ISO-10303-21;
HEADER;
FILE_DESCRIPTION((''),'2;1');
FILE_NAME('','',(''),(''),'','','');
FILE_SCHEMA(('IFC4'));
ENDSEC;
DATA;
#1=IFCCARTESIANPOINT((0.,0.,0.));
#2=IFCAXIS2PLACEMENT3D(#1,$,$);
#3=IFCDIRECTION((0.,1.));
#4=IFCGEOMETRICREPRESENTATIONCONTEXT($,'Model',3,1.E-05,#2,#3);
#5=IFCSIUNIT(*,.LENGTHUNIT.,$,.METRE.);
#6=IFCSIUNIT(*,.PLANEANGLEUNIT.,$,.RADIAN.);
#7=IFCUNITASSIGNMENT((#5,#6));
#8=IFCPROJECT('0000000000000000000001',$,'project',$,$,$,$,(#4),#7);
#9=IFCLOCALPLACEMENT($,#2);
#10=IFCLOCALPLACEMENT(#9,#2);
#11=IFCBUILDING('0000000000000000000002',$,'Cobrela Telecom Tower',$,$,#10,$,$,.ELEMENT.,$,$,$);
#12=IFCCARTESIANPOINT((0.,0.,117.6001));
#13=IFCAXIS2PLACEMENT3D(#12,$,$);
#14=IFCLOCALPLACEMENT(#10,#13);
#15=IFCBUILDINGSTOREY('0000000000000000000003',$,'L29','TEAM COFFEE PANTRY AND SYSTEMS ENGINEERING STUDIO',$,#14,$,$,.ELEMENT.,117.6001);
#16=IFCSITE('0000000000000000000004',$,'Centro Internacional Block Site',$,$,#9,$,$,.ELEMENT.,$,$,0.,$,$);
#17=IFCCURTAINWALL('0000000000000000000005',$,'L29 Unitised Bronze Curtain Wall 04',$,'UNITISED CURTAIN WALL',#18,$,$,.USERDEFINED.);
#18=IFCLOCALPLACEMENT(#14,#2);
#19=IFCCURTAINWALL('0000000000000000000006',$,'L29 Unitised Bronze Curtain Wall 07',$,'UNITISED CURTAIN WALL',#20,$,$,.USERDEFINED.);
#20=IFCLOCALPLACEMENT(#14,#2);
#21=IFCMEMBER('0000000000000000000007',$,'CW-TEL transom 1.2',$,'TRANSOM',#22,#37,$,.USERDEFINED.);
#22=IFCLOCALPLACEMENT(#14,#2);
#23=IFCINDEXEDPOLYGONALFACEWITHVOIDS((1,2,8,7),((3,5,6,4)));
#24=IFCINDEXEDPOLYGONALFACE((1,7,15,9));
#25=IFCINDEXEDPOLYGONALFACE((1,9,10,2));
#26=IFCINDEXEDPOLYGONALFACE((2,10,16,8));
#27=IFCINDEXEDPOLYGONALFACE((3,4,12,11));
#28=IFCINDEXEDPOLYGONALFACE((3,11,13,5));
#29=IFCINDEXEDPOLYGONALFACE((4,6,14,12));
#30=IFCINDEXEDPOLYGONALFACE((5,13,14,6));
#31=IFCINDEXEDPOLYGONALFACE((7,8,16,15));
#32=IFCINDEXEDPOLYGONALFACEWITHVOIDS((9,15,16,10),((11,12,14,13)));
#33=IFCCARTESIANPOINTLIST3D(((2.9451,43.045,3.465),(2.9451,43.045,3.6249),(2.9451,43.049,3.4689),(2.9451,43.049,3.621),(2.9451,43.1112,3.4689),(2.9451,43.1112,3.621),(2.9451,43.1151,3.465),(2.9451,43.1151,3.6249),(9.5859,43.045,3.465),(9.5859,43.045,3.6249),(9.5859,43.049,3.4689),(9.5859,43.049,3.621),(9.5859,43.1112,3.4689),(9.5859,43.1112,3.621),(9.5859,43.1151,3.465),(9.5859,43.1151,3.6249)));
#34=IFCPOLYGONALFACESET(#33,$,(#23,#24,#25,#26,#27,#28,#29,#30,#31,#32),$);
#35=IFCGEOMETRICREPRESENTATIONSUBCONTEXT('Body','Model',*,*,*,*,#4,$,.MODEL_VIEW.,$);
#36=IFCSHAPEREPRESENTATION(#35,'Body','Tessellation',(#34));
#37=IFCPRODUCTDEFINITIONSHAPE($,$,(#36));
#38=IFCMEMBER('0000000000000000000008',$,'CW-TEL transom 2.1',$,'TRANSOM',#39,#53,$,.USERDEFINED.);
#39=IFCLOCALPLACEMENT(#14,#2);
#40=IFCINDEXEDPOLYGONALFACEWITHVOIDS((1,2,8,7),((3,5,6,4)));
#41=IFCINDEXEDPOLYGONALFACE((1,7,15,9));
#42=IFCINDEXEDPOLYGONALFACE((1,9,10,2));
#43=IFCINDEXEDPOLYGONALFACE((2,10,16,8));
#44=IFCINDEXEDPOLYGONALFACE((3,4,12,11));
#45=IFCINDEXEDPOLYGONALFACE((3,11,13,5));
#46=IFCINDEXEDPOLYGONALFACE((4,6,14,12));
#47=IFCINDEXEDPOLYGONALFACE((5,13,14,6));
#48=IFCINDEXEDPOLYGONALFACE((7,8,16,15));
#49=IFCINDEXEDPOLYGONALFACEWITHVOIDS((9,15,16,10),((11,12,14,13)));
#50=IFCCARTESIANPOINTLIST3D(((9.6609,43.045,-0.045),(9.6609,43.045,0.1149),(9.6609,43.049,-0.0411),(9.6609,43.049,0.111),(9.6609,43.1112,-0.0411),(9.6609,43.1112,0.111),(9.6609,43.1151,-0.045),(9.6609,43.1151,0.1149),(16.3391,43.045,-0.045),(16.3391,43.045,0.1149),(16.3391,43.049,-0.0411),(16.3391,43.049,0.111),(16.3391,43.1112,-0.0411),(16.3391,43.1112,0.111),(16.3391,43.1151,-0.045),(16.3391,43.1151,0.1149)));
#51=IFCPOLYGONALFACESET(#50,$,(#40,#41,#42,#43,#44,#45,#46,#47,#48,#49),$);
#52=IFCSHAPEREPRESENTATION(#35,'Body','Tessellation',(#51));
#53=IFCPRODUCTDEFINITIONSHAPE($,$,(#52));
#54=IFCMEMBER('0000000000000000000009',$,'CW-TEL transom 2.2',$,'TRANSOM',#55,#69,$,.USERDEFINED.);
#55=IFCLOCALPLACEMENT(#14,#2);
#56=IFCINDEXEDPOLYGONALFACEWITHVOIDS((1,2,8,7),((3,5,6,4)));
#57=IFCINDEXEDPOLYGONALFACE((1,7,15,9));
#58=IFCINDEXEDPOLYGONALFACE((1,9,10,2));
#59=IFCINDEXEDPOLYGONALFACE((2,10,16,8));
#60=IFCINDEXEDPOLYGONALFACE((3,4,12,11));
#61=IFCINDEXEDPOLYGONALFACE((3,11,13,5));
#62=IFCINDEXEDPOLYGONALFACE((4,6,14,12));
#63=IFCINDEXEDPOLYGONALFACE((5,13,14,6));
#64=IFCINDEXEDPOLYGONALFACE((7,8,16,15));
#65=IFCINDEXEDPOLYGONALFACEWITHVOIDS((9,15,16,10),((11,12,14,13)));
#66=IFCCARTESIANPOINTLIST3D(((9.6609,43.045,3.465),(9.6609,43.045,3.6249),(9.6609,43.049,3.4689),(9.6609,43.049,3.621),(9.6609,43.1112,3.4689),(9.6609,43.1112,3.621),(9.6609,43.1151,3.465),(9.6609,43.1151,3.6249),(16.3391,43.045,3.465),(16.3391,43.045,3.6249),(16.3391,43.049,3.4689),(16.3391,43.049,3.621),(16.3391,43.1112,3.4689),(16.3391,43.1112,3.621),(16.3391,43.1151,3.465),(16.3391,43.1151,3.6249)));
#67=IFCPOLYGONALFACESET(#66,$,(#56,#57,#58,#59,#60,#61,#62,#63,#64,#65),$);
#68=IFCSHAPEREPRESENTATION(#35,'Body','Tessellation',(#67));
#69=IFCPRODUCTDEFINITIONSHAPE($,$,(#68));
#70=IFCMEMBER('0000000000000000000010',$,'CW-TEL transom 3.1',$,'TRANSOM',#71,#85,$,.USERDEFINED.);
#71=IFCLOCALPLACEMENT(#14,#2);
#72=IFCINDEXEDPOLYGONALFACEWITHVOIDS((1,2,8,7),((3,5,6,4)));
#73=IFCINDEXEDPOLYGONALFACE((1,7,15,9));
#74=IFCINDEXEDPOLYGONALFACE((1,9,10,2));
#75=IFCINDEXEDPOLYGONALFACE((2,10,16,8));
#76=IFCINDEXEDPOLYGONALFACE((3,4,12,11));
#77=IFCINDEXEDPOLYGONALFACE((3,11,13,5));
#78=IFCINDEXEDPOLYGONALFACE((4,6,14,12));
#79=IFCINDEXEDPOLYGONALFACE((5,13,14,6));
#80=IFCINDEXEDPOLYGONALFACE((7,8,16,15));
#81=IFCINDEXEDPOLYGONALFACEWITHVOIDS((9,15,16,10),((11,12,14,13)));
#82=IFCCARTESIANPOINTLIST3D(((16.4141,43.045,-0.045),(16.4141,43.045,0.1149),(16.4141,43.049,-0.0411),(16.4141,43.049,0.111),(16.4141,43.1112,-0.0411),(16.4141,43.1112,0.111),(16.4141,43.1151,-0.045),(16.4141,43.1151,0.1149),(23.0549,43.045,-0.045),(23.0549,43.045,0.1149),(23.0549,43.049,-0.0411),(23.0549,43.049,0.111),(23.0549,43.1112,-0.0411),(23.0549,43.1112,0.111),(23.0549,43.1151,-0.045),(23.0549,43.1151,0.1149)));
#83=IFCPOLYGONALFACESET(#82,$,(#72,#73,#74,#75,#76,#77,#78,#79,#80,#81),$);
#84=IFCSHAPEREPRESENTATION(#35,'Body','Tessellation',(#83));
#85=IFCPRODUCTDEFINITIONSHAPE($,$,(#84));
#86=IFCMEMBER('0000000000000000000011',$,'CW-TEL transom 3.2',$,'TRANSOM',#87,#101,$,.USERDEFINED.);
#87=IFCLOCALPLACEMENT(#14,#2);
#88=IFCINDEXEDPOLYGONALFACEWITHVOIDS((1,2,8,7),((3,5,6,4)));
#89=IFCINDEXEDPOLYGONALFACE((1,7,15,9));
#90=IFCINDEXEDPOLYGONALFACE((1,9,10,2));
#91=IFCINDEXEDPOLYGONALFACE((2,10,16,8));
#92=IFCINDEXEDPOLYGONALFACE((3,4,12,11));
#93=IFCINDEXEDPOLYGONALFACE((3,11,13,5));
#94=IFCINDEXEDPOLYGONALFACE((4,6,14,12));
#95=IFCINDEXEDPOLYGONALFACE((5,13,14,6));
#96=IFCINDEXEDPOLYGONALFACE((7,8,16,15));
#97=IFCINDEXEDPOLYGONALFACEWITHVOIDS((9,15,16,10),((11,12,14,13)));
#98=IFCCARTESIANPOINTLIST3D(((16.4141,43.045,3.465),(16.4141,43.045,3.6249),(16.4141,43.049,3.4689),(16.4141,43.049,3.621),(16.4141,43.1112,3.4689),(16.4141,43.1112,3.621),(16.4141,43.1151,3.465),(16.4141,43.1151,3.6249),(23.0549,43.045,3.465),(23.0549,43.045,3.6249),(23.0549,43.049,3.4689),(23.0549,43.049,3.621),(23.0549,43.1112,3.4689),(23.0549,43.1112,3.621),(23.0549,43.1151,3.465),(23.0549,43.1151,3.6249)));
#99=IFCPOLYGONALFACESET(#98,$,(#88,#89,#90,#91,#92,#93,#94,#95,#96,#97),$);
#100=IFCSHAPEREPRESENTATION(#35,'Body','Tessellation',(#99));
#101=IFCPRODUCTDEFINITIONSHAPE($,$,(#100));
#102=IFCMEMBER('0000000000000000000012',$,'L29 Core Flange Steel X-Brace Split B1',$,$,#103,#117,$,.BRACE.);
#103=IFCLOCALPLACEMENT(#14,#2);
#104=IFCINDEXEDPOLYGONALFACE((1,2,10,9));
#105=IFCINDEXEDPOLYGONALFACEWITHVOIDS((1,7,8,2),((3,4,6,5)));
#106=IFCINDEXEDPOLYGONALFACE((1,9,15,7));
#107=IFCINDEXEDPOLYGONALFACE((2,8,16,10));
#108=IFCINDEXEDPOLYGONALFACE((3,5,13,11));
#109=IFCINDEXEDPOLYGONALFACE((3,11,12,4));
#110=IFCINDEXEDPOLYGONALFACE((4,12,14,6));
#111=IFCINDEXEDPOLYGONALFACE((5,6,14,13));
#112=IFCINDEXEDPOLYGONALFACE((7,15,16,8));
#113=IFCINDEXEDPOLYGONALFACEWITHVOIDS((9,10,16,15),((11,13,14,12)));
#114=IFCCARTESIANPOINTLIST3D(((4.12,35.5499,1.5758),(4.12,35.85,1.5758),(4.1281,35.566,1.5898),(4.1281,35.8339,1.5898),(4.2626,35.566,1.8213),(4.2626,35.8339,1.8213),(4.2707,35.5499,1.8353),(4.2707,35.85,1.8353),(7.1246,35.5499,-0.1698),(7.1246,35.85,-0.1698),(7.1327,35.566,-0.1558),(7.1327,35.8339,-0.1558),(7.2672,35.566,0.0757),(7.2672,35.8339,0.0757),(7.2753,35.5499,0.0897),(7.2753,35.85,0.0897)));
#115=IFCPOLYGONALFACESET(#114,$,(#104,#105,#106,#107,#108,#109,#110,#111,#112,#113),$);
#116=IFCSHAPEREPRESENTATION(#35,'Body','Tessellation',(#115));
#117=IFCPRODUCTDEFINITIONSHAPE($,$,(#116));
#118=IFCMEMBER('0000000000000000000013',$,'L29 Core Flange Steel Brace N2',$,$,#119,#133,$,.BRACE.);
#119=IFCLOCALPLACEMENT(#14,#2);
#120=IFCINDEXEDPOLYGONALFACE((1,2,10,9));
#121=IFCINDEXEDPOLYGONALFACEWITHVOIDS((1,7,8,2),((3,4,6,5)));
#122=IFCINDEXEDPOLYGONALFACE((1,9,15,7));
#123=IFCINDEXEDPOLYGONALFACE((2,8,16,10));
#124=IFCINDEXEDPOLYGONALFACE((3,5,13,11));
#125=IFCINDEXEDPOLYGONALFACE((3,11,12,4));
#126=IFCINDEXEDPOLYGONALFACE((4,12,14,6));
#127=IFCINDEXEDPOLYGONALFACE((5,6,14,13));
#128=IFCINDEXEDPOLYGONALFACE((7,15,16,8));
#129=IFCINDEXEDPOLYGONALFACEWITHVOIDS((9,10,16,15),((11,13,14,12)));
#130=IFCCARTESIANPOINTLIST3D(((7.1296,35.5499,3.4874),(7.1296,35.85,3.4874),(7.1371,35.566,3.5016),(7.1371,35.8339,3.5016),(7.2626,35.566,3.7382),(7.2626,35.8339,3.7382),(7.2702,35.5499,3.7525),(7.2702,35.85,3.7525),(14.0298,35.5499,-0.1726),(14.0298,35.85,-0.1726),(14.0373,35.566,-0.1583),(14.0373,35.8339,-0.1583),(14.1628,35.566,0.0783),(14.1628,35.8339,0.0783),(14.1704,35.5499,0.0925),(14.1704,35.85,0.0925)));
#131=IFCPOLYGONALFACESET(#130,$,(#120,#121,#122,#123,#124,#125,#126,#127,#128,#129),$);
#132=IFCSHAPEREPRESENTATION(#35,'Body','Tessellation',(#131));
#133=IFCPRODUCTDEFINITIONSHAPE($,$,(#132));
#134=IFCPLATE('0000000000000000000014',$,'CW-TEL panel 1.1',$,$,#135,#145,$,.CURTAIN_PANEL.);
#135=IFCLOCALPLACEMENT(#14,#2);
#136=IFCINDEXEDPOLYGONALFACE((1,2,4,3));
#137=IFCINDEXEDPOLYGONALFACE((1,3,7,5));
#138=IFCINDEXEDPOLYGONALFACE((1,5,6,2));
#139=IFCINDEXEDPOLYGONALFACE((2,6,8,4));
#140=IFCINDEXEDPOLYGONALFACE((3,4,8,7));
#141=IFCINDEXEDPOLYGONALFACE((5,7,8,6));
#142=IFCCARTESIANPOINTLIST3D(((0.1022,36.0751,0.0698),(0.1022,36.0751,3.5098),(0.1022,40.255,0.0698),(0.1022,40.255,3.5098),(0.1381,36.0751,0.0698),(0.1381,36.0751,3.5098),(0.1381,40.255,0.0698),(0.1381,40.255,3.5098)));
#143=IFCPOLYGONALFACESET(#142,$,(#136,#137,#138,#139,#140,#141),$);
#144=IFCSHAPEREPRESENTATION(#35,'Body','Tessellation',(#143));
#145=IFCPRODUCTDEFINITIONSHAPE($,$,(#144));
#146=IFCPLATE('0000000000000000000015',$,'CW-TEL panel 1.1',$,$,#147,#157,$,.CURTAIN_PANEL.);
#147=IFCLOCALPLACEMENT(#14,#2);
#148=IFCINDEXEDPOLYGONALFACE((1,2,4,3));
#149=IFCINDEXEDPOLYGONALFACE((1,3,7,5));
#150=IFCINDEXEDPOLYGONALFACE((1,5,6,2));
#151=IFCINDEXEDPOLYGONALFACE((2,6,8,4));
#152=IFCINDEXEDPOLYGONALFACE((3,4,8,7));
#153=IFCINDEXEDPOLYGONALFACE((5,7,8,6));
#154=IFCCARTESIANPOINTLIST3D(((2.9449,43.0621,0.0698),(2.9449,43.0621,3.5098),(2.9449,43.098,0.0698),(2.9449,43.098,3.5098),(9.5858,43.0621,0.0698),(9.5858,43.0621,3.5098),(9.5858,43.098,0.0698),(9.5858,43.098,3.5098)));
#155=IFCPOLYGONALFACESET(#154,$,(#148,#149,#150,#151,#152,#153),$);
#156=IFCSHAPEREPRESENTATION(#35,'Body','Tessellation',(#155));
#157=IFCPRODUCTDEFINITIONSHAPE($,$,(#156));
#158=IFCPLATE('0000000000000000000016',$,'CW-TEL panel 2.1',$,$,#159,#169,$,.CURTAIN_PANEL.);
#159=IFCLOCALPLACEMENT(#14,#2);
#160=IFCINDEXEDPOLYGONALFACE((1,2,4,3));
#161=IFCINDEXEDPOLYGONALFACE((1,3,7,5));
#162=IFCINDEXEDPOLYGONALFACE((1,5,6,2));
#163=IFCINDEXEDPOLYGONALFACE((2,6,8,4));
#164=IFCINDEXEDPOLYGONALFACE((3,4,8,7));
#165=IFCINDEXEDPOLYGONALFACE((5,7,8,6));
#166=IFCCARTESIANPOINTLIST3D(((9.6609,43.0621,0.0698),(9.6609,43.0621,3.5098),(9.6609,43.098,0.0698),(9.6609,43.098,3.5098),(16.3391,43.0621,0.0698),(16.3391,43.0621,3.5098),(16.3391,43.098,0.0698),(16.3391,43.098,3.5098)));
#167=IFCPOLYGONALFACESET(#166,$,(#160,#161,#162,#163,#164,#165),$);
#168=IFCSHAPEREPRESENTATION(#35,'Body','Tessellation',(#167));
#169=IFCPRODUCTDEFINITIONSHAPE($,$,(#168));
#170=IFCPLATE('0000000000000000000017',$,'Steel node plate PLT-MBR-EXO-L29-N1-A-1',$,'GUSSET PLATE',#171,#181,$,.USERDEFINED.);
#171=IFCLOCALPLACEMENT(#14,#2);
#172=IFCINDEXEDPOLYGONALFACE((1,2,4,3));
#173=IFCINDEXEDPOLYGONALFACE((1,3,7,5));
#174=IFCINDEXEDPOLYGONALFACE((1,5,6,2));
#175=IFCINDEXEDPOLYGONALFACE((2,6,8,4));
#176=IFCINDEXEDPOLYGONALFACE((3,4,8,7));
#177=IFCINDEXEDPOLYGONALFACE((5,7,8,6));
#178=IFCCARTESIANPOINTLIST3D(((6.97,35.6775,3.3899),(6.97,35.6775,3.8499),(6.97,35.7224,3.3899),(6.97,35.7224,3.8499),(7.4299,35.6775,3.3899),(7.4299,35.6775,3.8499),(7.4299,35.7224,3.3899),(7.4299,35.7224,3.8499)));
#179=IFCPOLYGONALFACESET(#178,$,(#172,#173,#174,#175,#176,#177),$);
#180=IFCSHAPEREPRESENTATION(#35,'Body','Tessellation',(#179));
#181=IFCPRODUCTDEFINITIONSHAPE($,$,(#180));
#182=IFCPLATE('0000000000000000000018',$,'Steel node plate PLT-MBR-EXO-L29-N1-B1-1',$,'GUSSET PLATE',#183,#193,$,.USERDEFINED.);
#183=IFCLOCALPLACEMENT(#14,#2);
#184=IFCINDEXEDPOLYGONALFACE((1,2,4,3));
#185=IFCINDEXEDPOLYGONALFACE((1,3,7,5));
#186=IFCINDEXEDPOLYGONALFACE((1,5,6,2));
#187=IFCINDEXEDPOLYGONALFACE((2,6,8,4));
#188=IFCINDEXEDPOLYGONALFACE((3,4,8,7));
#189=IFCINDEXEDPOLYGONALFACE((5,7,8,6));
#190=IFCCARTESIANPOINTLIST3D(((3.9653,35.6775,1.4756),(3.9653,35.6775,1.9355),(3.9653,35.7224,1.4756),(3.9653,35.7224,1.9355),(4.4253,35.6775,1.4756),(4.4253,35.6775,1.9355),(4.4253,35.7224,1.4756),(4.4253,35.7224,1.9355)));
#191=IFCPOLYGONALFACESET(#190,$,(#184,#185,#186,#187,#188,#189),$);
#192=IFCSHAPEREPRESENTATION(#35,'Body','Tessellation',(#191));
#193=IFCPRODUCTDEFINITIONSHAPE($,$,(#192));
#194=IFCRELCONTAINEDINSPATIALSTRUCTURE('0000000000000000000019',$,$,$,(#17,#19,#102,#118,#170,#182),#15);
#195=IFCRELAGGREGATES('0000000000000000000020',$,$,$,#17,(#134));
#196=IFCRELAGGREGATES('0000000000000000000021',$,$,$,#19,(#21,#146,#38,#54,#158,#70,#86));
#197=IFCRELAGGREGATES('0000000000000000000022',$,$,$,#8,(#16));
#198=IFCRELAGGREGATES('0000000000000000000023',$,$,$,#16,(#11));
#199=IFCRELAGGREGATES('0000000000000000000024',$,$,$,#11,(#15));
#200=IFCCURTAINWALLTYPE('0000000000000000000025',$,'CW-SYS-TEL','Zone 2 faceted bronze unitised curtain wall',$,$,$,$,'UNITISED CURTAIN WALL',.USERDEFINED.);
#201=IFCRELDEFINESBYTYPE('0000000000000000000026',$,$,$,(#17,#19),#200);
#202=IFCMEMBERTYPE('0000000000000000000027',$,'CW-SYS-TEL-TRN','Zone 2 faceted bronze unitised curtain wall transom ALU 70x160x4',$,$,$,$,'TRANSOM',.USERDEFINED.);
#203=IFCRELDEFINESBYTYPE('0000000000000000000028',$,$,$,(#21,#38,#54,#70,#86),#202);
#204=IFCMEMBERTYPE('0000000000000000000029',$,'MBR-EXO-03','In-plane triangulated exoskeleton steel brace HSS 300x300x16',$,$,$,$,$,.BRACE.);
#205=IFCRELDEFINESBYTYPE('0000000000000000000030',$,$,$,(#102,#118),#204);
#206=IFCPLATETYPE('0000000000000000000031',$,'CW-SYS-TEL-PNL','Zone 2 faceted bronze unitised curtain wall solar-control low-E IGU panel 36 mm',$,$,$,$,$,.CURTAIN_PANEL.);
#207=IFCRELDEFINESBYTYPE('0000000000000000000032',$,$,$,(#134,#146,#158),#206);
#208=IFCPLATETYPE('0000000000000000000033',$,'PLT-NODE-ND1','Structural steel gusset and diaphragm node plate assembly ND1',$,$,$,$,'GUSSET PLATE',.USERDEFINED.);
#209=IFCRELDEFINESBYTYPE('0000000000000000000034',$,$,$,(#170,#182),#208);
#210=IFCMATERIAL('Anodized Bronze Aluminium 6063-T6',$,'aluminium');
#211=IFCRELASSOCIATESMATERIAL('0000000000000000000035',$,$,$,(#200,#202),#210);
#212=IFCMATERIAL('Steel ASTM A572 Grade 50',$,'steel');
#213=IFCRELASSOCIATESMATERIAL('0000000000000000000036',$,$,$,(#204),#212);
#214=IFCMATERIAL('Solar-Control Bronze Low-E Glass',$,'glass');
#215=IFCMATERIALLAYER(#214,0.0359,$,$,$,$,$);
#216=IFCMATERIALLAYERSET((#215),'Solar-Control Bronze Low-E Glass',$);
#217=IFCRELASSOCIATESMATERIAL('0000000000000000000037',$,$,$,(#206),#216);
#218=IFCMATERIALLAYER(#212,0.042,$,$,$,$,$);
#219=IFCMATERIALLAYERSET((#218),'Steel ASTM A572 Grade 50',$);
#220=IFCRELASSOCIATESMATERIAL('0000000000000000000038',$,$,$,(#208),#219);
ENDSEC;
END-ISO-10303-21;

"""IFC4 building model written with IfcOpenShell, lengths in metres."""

from ifc_helpers import new_model, si_unit, direction, frame, origin, origin_2d, place, context, subcontext, project, spatial, rectangle, hollow_rectangle, extrude, material, layer, layer_set, material_profile, profile_set, type_object, element, aggregate, save


model = new_model("IFC4")

# Units and contexts
model_context = context("Model", 3, precision=1e-05, world=origin(), true_north=direction((0.0, 1.0)))
body_context = subcontext(model_context, "Body", "Model", "MODEL_VIEW")
ifc_project = project(units=[si_unit("LENGTHUNIT", "METRE"), si_unit("PLANEANGLEUNIT", "RADIAN")], contexts=[model_context])

# Site, building, storey
site_placement = place(None, origin())
site = spatial("IfcSite", under=ifc_project, at=site_placement, Name="Centro Internacional Block Site", CompositionType="ELEMENT", RefElevation=0.0)
building_placement = place(site_placement, origin())
building = spatial("IfcBuilding", under=site, at=building_placement, Name="Cobrela Telecom Tower", CompositionType="ELEMENT")
storey_placement = place(building_placement, frame((0.0, 0.0, 117.6001)))
storey = spatial("IfcBuildingStorey", under=building, at=storey_placement, Name="L29", Description="TEAM COFFEE PANTRY AND SYSTEMS ENGINEERING STUDIO", CompositionType="ELEMENT", Elevation=117.6001)

# Shared definitions
ifc_material_1 = material(Name="Steel ASTM A572 Grade 50", Category="steel")

# Curtain walls
ifc_material_2 = material(Name="Anodized Bronze Aluminium 6063-T6", Category="aluminium")
curtain_wall_type = type_object("IfcCurtainWallType", Name="CW-SYS-TEL", Description="Zone 2 faceted bronze unitised curtain wall", ElementType="UNITISED CURTAIN WALL", PredefinedType="USERDEFINED", material=ifc_material_2)
curtain_wall_1_placement = place(storey_placement, origin())
curtain_wall_1 = element("IfcCurtainWall", 1, at=curtain_wall_1_placement, inside=storey, type_object=curtain_wall_type, Name="L29 Unitised Bronze Curtain Wall 04", ObjectType="UNITISED CURTAIN WALL", PredefinedType="USERDEFINED")
curtain_wall_2_placement = place(storey_placement, origin())
curtain_wall_2 = element("IfcCurtainWall", 2, at=curtain_wall_2_placement, inside=storey, type_object=curtain_wall_type, Name="L29 Unitised Bronze Curtain Wall 07", ObjectType="UNITISED CURTAIN WALL", PredefinedType="USERDEFINED")

# Members
ifc_material_profile_1 = material_profile(ifc_material_2, hollow_rectangle(XDim=0.0701, YDim=0.1599, WallThickness=0.0039, at=origin_2d()), Name="ALU 70x160x4")
ifc_profile_set_1 = profile_set([ifc_material_profile_1], Name="Anodized Bronze Aluminium 6063-T6")
member_type_1 = type_object("IfcMemberType", Name="CW-SYS-TEL-TRN", Description="Zone 2 faceted bronze unitised curtain wall transom ALU 70x160x4", ElementType="TRANSOM", PredefinedType="USERDEFINED", material=ifc_profile_set_1)
member_1_placement = place(storey_placement, frame((2.9451, 43.0801, 3.5449), z_axis=(1.0, 0.0, 0.0), x_axis=(0.0, 1.0, 0.0)))
member_1 = element("IfcMember", 3, at=member_1_placement, type_object=member_type_1, Name="CW-TEL transom 1.2", ObjectType="TRANSOM", PredefinedType="USERDEFINED", context=body_context, shape_type="SweptSolid", body=[
    extrude(hollow_rectangle(XDim=0.0701, YDim=0.1599, WallThickness=0.0039, at=origin_2d()), origin(), (0.0, 0.0, 1.0), 6.6409),
])
member_2_placement = place(storey_placement, frame((9.6609, 43.0801, 0.0349), z_axis=(1.0, 0.0, 0.0), x_axis=(0.0, 1.0, 0.0)))
member_2 = element("IfcMember", 4, at=member_2_placement, type_object=member_type_1, Name="CW-TEL transom 2.1", ObjectType="TRANSOM", PredefinedType="USERDEFINED", context=body_context, shape_type="SweptSolid", body=[
    extrude(hollow_rectangle(XDim=0.0701, YDim=0.1599, WallThickness=0.0039, at=origin_2d()), origin(), (0.0, 0.0, 1.0), 6.6782),
])
member_3_placement = place(storey_placement, frame((9.6609, 43.0801, 3.5449), z_axis=(1.0, 0.0, 0.0), x_axis=(0.0, 1.0, 0.0)))
member_3 = element("IfcMember", 5, at=member_3_placement, type_object=member_type_1, Name="CW-TEL transom 2.2", ObjectType="TRANSOM", PredefinedType="USERDEFINED", context=body_context, shape_type="SweptSolid", body=[
    extrude(hollow_rectangle(XDim=0.0701, YDim=0.1599, WallThickness=0.0039, at=origin_2d()), origin(), (0.0, 0.0, 1.0), 6.6782),
])
member_4_placement = place(storey_placement, frame((16.4141, 43.0801, 0.0349), z_axis=(1.0, 0.0, 0.0), x_axis=(0.0, 1.0, 0.0)))
member_4 = element("IfcMember", 6, at=member_4_placement, type_object=member_type_1, Name="CW-TEL transom 3.1", ObjectType="TRANSOM", PredefinedType="USERDEFINED", context=body_context, shape_type="SweptSolid", body=[
    extrude(hollow_rectangle(XDim=0.0701, YDim=0.1599, WallThickness=0.0039, at=origin_2d()), origin(), (0.0, 0.0, 1.0), 6.6409),
])
member_5_placement = place(storey_placement, frame((16.4141, 43.0801, 3.5449), z_axis=(1.0, 0.0, 0.0), x_axis=(0.0, 1.0, 0.0)))
member_5 = element("IfcMember", 7, at=member_5_placement, type_object=member_type_1, Name="CW-TEL transom 3.2", ObjectType="TRANSOM", PredefinedType="USERDEFINED", context=body_context, shape_type="SweptSolid", body=[
    extrude(hollow_rectangle(XDim=0.0701, YDim=0.1599, WallThickness=0.0039, at=origin_2d()), origin(), (0.0, 0.0, 1.0), 6.6409),
])

# Members
ifc_material_profile_2 = material_profile(ifc_material_1, hollow_rectangle(XDim=0.3, YDim=0.3, WallThickness=0.0161, at=origin_2d()), Name="HSS 300x300x16")
ifc_profile_set_2 = profile_set([ifc_material_profile_2], Name="Steel ASTM A572 Grade 50")
member_type_2 = type_object("IfcMemberType", Name="MBR-EXO-03", Description="In-plane triangulated exoskeleton steel brace HSS 300x300x16", PredefinedType="BRACE", material=ifc_profile_set_2)
member_6_placement = place(storey_placement, frame((7.2, 35.7, -0.04), z_axis=(-0.864667, 0.0, 0.502346), x_axis=(0.0, -1.0, 0.0)))
element("IfcMember", 8, at=member_6_placement, inside=storey, type_object=member_type_2, Name="L29 Core Flange Steel X-Brace Split B1", PredefinedType="BRACE", context=body_context, shape_type="SweptSolid", body=[
    extrude(hollow_rectangle(XDim=0.3, YDim=0.3, WallThickness=0.0161, at=origin_2d()), origin(), (0.0, 0.0, 1.0), 3.4749),
])
member_7_placement = place(storey_placement, frame((14.1001, 35.7, -0.04), z_axis=(-0.883423, 0.0, 0.468577), x_axis=(0.0, -1.0, 0.0)))
element("IfcMember", 9, at=member_7_placement, inside=storey, type_object=member_type_2, Name="L29 Core Flange Steel Brace N2", PredefinedType="BRACE", context=body_context, shape_type="SweptSolid", body=[
    extrude(hollow_rectangle(XDim=0.3, YDim=0.3, WallThickness=0.0161, at=origin_2d()), origin(), (0.0, 0.0, 1.0), 7.8108),
])

# Plates
ifc_material_3 = material(Name="Solar-Control Bronze Low-E Glass", Category="glass")
ifc_layer_1 = layer(ifc_material_3, 0.0359)
ifc_layer_set_1 = layer_set([ifc_layer_1], Name="Solar-Control Bronze Low-E Glass")
plate_type_1 = type_object("IfcPlateType", Name="CW-SYS-TEL-PNL", Description="Zone 2 faceted bronze unitised curtain wall solar-control low-E IGU panel 36 mm", PredefinedType="CURTAIN_PANEL", material=ifc_layer_set_1)
plate_1_placement = place(storey_placement, frame((0.1201, 38.165, 0.0698), z_axis=(0.0, 0.0, 1.0), x_axis=(0.0, 1.0, 0.0)))
plate_1 = element("IfcPlate", 10, at=plate_1_placement, type_object=plate_type_1, Name="CW-TEL panel 1.1", PredefinedType="CURTAIN_PANEL", context=body_context, shape_type="SweptSolid", body=[
    extrude(rectangle(XDim=4.1799, YDim=0.0359, at=origin_2d()), origin(), (0.0, 0.0, 1.0), 3.4399),
])
aggregate(curtain_wall_1, [plate_1])
plate_2_placement = place(storey_placement, frame((6.2654, 43.0801, 0.0698), z_axis=(0.0, 0.0, 1.0), x_axis=(1.0, 0.0, 0.0)))
plate_2 = element("IfcPlate", 11, at=plate_2_placement, type_object=plate_type_1, Name="CW-TEL panel 1.1", PredefinedType="CURTAIN_PANEL", context=body_context, shape_type="SweptSolid", body=[
    extrude(rectangle(XDim=6.6409, YDim=0.0359, at=origin_2d()), origin(), (0.0, 0.0, 1.0), 3.4399),
])
plate_3_placement = place(storey_placement, frame((13.0, 43.0801, 0.0698), z_axis=(0.0, 0.0, 1.0), x_axis=(1.0, 0.0, 0.0)))
plate_3 = element("IfcPlate", 12, at=plate_3_placement, type_object=plate_type_1, Name="CW-TEL panel 2.1", PredefinedType="CURTAIN_PANEL", context=body_context, shape_type="SweptSolid", body=[
    extrude(rectangle(XDim=6.6782, YDim=0.0359, at=origin_2d()), origin(), (0.0, 0.0, 1.0), 3.4399),
])
aggregate(curtain_wall_2, [member_1, plate_2, member_2, member_3, plate_3, member_4, member_5])

# Plates
ifc_layer_2 = layer(ifc_material_1, 0.042)
ifc_layer_set_2 = layer_set([ifc_layer_2], Name="Steel ASTM A572 Grade 50")
plate_type_2 = type_object("IfcPlateType", Name="PLT-NODE-ND1", Description="Structural steel gusset and diaphragm node plate assembly ND1", ElementType="GUSSET PLATE", PredefinedType="USERDEFINED", material=ifc_layer_set_2)
for number, where, z_axis, x_axis, name in (
    (13, (7.2, 35.7, 3.3899), (0.0, 0.0, 1.0), (1.0, 0.0, 0.0), "Steel node plate PLT-MBR-EXO-L29-N1-A-1"),
    (14, (4.1953, 35.7, 1.4756), (0.0, 0.0, 1.0), (-1.0, 0.0, 0.0), "Steel node plate PLT-MBR-EXO-L29-N1-B1-1"),
):
    element("IfcPlate", number, at=place(storey_placement, frame(where, z_axis=z_axis, x_axis=x_axis)), inside=storey, type_object=plate_type_2, Name=name, ObjectType="GUSSET PLATE", PredefinedType="USERDEFINED", context=body_context, shape_type="SweptSolid", body=[
        extrude(rectangle(XDim=0.46, YDim=0.0449, at=origin_2d()), origin(), (0.0, 0.0, 1.0), 0.46),
    ])

save(model, "model.ifc")
